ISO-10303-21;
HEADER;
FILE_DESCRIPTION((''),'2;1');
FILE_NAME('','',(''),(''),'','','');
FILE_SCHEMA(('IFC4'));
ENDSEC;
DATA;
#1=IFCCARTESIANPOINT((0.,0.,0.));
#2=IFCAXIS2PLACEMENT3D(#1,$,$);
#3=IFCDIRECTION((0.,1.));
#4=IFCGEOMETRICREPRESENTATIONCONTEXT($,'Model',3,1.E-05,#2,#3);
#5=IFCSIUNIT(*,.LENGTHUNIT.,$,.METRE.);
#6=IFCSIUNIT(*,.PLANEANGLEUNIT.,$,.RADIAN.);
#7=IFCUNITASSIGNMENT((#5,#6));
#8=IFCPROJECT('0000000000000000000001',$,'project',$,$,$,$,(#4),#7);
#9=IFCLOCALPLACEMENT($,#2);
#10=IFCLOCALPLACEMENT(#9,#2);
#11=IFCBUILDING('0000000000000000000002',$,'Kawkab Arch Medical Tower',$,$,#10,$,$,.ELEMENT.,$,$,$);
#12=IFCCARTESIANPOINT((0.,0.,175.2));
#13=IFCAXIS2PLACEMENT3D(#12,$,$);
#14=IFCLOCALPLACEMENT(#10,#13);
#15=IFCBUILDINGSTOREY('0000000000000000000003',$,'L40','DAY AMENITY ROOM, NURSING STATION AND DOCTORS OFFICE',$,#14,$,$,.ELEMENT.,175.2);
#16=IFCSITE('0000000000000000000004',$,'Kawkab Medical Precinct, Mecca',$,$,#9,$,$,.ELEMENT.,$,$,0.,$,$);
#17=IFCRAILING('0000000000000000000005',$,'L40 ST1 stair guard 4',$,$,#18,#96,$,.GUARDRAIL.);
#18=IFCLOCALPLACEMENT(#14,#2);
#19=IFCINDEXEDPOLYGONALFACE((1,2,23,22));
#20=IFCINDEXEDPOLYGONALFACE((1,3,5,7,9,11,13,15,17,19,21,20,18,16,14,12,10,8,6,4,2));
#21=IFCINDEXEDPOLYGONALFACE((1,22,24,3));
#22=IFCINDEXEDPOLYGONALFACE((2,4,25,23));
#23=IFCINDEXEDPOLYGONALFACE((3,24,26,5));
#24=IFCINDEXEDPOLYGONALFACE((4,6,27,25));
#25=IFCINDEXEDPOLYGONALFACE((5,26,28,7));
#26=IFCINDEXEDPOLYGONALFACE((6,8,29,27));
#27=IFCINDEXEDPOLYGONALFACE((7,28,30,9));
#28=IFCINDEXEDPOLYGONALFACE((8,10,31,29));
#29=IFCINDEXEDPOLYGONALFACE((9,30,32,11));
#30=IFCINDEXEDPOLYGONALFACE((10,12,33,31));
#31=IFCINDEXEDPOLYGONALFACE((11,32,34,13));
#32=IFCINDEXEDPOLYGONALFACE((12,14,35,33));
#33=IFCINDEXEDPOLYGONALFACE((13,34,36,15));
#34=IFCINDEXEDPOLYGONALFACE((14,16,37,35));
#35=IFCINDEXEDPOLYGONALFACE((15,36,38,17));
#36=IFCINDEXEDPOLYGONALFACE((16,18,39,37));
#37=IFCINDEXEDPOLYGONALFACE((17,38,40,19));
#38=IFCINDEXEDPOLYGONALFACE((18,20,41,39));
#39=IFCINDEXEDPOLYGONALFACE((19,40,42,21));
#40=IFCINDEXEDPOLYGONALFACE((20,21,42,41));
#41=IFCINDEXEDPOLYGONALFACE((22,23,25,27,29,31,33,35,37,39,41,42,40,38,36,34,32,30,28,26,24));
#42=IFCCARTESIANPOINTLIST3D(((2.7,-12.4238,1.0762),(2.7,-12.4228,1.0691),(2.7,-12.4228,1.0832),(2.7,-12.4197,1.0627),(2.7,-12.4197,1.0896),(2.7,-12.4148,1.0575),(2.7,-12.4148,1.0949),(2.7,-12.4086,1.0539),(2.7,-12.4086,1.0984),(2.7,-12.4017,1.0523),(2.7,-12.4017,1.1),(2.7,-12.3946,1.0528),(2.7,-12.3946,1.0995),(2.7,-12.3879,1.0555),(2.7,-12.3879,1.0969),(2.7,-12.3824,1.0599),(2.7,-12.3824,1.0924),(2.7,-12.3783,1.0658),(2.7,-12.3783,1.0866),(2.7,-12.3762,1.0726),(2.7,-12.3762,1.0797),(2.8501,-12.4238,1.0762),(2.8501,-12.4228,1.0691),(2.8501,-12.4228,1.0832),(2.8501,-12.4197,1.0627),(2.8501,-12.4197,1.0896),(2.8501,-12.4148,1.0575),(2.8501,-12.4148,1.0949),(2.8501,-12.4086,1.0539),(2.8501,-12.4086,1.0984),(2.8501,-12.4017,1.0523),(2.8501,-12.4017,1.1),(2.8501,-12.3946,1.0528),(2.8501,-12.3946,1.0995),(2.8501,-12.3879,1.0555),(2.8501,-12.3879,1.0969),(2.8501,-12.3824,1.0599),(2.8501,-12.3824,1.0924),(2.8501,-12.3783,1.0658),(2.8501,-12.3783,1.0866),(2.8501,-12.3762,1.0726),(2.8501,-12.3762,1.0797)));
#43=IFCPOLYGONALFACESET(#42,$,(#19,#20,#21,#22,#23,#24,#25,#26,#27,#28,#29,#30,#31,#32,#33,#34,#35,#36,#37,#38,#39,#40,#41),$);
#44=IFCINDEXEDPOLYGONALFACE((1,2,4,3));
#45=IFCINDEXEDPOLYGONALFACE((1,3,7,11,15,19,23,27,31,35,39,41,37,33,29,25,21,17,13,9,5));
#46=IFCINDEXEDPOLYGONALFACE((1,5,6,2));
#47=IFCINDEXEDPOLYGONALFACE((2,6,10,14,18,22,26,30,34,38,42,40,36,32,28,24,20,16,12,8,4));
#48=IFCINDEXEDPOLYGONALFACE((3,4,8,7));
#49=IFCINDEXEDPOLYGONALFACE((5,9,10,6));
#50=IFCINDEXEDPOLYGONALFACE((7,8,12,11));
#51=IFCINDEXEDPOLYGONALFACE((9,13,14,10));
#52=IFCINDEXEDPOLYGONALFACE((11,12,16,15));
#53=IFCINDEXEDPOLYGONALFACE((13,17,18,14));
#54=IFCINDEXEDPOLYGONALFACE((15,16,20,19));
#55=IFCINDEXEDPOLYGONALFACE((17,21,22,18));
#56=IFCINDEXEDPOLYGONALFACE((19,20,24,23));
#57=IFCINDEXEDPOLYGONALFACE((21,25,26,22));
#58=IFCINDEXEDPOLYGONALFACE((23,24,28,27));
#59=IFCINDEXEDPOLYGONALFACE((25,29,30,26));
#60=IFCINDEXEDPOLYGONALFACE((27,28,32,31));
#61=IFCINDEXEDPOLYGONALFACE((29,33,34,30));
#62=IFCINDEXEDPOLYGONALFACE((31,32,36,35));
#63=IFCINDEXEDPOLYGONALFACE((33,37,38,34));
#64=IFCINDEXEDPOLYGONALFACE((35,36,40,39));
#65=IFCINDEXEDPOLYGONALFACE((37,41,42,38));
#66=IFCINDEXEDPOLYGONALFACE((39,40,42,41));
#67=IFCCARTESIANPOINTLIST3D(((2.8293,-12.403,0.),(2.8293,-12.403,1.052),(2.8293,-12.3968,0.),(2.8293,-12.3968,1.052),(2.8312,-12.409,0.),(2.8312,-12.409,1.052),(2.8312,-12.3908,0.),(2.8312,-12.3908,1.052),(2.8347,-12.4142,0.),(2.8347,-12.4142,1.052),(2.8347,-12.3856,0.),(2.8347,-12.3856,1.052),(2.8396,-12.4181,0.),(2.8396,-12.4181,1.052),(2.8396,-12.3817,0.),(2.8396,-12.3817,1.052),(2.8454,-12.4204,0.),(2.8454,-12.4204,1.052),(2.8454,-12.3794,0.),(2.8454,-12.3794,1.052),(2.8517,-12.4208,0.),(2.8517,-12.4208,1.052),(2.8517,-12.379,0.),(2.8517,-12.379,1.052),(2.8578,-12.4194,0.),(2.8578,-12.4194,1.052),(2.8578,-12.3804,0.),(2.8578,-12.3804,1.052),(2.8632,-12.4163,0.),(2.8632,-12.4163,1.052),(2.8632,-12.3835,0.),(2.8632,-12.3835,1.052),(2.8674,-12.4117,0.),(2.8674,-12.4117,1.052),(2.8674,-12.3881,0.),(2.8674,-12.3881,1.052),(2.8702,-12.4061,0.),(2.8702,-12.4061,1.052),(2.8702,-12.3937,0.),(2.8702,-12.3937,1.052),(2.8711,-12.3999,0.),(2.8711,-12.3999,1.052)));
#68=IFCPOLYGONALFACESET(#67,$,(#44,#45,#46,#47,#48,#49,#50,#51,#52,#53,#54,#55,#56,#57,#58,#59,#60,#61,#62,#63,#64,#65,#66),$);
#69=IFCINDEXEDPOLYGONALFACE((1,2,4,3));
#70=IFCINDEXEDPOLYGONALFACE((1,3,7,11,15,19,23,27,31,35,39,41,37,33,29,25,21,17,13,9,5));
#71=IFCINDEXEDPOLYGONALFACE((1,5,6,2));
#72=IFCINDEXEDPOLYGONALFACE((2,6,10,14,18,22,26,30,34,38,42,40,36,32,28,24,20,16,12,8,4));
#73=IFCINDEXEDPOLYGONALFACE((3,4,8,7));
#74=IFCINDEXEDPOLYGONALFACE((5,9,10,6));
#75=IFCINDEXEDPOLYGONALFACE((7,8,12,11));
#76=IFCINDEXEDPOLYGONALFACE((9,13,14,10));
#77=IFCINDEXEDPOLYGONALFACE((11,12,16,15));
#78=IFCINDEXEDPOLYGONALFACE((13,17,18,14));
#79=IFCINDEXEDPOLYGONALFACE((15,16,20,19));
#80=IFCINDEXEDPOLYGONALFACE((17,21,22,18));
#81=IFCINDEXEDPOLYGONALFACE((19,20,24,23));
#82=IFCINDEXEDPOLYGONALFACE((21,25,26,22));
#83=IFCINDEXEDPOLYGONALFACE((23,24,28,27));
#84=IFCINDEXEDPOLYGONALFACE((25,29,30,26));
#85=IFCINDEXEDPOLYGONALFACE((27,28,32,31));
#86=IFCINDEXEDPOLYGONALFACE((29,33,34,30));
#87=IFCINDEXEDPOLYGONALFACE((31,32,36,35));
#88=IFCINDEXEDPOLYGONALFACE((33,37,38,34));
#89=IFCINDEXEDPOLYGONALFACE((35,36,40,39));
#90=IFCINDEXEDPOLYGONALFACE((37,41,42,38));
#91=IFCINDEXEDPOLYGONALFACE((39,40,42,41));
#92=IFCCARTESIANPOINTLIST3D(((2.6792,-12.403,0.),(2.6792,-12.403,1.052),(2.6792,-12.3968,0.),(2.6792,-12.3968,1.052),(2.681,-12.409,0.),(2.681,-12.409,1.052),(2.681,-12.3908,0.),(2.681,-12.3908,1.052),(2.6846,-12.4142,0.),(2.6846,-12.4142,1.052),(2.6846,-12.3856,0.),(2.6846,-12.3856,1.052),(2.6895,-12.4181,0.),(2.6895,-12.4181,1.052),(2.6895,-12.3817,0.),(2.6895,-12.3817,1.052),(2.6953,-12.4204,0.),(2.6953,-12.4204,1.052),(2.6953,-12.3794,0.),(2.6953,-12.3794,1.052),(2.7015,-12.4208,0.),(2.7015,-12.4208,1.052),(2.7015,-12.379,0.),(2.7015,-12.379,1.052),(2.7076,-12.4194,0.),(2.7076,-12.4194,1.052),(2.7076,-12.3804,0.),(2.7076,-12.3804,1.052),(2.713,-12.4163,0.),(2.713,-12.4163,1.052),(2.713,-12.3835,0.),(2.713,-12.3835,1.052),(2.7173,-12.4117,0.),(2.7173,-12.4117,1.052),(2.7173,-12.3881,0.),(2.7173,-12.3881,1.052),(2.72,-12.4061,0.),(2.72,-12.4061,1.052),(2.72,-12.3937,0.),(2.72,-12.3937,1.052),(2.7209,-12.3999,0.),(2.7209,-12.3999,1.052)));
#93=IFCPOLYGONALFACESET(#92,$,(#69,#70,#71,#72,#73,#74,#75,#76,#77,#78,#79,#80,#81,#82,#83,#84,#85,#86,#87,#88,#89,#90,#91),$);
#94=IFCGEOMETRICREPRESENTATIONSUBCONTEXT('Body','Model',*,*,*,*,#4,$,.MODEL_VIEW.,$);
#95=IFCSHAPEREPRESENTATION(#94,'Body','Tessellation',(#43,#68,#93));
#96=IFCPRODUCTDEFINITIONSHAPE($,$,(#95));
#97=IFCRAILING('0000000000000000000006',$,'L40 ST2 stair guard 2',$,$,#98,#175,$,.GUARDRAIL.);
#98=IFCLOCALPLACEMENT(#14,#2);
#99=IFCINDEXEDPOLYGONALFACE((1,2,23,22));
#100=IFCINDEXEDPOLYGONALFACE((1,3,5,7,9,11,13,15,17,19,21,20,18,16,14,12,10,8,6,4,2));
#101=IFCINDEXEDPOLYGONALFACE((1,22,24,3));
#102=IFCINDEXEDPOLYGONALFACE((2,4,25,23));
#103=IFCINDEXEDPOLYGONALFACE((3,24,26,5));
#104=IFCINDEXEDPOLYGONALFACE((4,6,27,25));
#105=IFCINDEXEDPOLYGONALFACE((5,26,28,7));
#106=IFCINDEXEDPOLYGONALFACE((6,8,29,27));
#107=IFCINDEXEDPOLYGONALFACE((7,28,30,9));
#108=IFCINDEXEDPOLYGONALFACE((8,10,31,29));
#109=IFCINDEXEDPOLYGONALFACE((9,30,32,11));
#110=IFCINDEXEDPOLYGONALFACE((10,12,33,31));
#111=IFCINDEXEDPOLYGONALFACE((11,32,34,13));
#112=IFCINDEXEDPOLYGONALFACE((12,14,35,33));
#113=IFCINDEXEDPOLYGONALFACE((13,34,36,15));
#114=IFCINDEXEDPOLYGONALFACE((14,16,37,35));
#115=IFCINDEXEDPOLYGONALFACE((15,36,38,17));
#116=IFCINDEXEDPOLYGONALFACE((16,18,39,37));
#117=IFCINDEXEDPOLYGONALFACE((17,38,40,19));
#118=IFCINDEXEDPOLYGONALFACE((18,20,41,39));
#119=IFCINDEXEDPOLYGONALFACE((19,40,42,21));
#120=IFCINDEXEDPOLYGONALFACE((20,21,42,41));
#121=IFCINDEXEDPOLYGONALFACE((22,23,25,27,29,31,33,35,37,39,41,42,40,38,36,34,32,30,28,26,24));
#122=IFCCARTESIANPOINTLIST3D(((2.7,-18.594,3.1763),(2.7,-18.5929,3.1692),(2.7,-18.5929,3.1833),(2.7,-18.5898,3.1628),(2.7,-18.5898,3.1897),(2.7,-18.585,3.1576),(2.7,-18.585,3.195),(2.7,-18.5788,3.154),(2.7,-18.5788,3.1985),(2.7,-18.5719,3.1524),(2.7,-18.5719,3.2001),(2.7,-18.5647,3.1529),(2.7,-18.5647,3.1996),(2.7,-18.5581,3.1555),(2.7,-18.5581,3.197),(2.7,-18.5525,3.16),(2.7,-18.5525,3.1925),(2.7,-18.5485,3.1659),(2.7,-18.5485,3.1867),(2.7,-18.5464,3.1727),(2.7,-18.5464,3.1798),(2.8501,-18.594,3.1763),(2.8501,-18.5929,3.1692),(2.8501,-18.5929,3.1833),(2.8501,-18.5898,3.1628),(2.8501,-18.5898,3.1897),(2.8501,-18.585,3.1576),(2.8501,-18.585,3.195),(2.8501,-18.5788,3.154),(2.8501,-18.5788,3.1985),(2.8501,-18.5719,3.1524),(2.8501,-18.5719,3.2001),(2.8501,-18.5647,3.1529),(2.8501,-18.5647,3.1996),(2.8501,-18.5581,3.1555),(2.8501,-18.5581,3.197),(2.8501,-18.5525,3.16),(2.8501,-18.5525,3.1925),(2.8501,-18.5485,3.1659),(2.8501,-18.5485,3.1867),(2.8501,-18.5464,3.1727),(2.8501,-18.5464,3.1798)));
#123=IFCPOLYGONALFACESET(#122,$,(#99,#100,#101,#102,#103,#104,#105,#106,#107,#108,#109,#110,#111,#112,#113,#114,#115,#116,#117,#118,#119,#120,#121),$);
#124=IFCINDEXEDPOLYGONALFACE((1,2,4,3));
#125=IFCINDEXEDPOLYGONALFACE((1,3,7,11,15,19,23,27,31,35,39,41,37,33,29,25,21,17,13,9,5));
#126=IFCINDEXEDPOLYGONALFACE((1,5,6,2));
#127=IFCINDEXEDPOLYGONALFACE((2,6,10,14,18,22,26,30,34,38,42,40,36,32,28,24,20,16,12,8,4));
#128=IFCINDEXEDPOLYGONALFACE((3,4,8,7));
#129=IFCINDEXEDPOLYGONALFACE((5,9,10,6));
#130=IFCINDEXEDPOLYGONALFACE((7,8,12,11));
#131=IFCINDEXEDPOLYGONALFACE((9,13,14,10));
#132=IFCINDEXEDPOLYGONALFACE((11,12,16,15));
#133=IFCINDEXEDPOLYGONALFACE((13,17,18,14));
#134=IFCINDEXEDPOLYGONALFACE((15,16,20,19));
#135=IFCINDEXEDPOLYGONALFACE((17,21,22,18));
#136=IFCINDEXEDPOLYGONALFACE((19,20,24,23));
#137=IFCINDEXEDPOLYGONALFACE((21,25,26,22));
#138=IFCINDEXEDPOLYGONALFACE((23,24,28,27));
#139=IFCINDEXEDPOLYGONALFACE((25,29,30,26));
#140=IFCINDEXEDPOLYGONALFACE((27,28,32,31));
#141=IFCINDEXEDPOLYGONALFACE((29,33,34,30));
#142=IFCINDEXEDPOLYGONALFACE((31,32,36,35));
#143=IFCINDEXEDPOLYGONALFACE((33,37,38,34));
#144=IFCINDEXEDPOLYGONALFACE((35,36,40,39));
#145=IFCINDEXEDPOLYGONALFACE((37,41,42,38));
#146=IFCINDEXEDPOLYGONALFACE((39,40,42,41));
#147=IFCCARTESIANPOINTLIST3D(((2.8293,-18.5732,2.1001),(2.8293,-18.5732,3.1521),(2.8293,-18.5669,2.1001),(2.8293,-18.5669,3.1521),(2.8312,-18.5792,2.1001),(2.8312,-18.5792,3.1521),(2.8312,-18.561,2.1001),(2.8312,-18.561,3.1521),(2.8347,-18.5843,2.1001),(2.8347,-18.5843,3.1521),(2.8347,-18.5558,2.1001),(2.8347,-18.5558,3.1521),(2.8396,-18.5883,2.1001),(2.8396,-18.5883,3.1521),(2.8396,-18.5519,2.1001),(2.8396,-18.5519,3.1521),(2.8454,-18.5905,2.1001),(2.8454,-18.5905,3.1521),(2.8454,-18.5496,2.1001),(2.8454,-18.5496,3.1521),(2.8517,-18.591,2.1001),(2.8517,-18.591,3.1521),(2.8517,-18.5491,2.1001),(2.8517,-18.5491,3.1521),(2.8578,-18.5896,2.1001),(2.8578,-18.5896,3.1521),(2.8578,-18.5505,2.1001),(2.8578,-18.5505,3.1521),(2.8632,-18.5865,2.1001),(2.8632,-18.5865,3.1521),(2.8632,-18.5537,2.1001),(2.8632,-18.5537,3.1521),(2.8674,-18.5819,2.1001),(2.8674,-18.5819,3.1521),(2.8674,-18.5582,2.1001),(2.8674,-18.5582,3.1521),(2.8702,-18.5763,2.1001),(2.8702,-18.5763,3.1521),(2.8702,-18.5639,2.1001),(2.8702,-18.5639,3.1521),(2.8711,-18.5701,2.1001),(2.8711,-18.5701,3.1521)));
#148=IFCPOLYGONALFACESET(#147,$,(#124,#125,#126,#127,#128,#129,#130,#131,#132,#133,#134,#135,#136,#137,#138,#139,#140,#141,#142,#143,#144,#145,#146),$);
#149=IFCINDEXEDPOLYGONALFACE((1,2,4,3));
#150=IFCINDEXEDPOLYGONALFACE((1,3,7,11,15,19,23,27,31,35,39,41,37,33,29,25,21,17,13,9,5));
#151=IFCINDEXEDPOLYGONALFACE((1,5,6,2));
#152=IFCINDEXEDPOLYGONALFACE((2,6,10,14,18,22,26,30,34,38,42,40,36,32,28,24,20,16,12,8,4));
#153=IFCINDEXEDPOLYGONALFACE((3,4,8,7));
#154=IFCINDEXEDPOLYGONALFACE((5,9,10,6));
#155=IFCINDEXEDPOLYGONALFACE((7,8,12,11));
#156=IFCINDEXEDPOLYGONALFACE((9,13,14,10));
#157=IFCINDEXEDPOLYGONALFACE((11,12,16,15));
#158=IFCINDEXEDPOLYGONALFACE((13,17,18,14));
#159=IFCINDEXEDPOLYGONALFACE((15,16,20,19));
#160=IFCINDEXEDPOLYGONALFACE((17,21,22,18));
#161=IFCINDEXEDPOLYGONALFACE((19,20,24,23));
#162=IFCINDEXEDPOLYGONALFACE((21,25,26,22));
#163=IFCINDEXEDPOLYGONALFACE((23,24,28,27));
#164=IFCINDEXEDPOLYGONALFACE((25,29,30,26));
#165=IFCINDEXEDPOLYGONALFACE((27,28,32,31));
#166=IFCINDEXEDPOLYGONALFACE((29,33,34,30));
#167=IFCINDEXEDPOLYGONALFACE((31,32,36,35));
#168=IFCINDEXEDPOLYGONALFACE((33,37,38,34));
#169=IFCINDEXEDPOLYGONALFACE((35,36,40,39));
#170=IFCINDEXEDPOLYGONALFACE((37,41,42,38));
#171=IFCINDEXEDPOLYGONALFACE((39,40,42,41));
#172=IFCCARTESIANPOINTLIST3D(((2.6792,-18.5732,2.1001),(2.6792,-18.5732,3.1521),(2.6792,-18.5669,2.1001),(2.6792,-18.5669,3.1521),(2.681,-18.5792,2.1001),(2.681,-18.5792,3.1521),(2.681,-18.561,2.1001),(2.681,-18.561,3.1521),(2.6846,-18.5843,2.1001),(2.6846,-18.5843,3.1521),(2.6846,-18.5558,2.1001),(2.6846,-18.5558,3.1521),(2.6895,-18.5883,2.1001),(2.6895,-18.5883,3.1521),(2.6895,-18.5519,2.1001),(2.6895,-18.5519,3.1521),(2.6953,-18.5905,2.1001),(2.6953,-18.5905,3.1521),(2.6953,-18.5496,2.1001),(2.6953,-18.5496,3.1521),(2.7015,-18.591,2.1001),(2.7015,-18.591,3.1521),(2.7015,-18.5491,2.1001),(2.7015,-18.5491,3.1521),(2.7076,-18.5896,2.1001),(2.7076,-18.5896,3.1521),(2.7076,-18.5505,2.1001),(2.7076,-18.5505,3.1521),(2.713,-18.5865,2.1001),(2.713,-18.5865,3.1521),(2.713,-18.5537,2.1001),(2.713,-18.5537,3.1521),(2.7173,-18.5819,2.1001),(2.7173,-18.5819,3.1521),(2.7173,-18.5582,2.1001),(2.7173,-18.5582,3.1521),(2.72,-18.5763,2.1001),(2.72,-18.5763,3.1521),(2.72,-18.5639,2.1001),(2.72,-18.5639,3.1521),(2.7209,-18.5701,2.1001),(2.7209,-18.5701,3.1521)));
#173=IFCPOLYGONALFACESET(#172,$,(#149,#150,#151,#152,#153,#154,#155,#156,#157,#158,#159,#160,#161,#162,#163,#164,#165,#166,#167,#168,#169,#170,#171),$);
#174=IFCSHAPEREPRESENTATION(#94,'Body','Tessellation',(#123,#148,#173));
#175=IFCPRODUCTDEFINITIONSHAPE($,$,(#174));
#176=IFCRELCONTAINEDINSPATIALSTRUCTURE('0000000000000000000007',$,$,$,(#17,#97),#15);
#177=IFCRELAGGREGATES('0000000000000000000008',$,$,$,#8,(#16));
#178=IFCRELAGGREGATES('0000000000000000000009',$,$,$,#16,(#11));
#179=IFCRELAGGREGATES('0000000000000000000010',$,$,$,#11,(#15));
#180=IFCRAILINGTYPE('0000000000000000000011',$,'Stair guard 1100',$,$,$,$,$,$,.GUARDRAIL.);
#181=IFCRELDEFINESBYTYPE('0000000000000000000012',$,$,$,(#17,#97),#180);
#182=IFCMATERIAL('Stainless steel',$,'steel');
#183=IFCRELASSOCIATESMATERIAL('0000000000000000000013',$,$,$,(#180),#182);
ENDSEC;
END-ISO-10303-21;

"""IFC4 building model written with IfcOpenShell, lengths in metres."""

from ifc_helpers import new_model, si_unit, direction, frame, origin, origin_2d, place, context, subcontext, project, spatial, circle, extrude, material, type_object, element, save


model = new_model("IFC4")

# Units and contexts
model_context = context("Model", 3, precision=1e-05, world=origin(), true_north=direction((0.0, 1.0)))
body_context = subcontext(model_context, "Body", "Model", "MODEL_VIEW")
ifc_project = project(units=[si_unit("LENGTHUNIT", "METRE"), si_unit("PLANEANGLEUNIT", "RADIAN")], contexts=[model_context])

# Site, building, storey
site_placement = place(None, origin())
site = spatial("IfcSite", under=ifc_project, at=site_placement, Name="Kawkab Medical Precinct, Mecca", CompositionType="ELEMENT", RefElevation=0.0)
building_placement = place(site_placement, origin())
building = spatial("IfcBuilding", under=site, at=building_placement, Name="Kawkab Arch Medical Tower", CompositionType="ELEMENT")
storey_placement = place(building_placement, frame((0.0, 0.0, 175.2)))
storey = spatial("IfcBuildingStorey", under=building, at=storey_placement, Name="L40", Description="DAY AMENITY ROOM, NURSING STATION AND DOCTORS OFFICE", CompositionType="ELEMENT", Elevation=175.2)

# Railings
ifc_material_1 = material(Name="Stainless steel", Category="steel")
railing_type_1 = type_object("IfcRailingType", Name="Stair guard 1100", PredefinedType="GUARDRAIL", material=ifc_material_1)
for number, where, name in (
    (1, (2.8501, -12.3999, 0.0), "L40 ST1 stair guard 4"),
    (2, (2.8501, -18.5701, 2.1001), "L40 ST2 stair guard 2"),
):
    element("IfcRailing", number, at=place(storey_placement, frame(where)), inside=storey, type_object=railing_type_1, Name=name, PredefinedType="GUARDRAIL", context=body_context, shape_type="SweptSolid", body=[
        extrude(circle(Radius=0.0239, at=origin_2d()), frame((0.0, 0.0, 1.0762), z_axis=(-1.0, 0.0, 0.0), x_axis=(0.0, -1.0, 0.0)), (0.0, 0.0, 1.0), 0.1501),
        extrude(circle(Radius=0.021, at=origin_2d()), origin(), (0.0, 0.0, 1.0), 1.052),
        extrude(circle(Radius=0.021, at=origin_2d()), frame((-0.1501, 0.0, 0.0)), (0.0, 0.0, 1.0), 1.052),
    ])

save(model, "model.ifc")
